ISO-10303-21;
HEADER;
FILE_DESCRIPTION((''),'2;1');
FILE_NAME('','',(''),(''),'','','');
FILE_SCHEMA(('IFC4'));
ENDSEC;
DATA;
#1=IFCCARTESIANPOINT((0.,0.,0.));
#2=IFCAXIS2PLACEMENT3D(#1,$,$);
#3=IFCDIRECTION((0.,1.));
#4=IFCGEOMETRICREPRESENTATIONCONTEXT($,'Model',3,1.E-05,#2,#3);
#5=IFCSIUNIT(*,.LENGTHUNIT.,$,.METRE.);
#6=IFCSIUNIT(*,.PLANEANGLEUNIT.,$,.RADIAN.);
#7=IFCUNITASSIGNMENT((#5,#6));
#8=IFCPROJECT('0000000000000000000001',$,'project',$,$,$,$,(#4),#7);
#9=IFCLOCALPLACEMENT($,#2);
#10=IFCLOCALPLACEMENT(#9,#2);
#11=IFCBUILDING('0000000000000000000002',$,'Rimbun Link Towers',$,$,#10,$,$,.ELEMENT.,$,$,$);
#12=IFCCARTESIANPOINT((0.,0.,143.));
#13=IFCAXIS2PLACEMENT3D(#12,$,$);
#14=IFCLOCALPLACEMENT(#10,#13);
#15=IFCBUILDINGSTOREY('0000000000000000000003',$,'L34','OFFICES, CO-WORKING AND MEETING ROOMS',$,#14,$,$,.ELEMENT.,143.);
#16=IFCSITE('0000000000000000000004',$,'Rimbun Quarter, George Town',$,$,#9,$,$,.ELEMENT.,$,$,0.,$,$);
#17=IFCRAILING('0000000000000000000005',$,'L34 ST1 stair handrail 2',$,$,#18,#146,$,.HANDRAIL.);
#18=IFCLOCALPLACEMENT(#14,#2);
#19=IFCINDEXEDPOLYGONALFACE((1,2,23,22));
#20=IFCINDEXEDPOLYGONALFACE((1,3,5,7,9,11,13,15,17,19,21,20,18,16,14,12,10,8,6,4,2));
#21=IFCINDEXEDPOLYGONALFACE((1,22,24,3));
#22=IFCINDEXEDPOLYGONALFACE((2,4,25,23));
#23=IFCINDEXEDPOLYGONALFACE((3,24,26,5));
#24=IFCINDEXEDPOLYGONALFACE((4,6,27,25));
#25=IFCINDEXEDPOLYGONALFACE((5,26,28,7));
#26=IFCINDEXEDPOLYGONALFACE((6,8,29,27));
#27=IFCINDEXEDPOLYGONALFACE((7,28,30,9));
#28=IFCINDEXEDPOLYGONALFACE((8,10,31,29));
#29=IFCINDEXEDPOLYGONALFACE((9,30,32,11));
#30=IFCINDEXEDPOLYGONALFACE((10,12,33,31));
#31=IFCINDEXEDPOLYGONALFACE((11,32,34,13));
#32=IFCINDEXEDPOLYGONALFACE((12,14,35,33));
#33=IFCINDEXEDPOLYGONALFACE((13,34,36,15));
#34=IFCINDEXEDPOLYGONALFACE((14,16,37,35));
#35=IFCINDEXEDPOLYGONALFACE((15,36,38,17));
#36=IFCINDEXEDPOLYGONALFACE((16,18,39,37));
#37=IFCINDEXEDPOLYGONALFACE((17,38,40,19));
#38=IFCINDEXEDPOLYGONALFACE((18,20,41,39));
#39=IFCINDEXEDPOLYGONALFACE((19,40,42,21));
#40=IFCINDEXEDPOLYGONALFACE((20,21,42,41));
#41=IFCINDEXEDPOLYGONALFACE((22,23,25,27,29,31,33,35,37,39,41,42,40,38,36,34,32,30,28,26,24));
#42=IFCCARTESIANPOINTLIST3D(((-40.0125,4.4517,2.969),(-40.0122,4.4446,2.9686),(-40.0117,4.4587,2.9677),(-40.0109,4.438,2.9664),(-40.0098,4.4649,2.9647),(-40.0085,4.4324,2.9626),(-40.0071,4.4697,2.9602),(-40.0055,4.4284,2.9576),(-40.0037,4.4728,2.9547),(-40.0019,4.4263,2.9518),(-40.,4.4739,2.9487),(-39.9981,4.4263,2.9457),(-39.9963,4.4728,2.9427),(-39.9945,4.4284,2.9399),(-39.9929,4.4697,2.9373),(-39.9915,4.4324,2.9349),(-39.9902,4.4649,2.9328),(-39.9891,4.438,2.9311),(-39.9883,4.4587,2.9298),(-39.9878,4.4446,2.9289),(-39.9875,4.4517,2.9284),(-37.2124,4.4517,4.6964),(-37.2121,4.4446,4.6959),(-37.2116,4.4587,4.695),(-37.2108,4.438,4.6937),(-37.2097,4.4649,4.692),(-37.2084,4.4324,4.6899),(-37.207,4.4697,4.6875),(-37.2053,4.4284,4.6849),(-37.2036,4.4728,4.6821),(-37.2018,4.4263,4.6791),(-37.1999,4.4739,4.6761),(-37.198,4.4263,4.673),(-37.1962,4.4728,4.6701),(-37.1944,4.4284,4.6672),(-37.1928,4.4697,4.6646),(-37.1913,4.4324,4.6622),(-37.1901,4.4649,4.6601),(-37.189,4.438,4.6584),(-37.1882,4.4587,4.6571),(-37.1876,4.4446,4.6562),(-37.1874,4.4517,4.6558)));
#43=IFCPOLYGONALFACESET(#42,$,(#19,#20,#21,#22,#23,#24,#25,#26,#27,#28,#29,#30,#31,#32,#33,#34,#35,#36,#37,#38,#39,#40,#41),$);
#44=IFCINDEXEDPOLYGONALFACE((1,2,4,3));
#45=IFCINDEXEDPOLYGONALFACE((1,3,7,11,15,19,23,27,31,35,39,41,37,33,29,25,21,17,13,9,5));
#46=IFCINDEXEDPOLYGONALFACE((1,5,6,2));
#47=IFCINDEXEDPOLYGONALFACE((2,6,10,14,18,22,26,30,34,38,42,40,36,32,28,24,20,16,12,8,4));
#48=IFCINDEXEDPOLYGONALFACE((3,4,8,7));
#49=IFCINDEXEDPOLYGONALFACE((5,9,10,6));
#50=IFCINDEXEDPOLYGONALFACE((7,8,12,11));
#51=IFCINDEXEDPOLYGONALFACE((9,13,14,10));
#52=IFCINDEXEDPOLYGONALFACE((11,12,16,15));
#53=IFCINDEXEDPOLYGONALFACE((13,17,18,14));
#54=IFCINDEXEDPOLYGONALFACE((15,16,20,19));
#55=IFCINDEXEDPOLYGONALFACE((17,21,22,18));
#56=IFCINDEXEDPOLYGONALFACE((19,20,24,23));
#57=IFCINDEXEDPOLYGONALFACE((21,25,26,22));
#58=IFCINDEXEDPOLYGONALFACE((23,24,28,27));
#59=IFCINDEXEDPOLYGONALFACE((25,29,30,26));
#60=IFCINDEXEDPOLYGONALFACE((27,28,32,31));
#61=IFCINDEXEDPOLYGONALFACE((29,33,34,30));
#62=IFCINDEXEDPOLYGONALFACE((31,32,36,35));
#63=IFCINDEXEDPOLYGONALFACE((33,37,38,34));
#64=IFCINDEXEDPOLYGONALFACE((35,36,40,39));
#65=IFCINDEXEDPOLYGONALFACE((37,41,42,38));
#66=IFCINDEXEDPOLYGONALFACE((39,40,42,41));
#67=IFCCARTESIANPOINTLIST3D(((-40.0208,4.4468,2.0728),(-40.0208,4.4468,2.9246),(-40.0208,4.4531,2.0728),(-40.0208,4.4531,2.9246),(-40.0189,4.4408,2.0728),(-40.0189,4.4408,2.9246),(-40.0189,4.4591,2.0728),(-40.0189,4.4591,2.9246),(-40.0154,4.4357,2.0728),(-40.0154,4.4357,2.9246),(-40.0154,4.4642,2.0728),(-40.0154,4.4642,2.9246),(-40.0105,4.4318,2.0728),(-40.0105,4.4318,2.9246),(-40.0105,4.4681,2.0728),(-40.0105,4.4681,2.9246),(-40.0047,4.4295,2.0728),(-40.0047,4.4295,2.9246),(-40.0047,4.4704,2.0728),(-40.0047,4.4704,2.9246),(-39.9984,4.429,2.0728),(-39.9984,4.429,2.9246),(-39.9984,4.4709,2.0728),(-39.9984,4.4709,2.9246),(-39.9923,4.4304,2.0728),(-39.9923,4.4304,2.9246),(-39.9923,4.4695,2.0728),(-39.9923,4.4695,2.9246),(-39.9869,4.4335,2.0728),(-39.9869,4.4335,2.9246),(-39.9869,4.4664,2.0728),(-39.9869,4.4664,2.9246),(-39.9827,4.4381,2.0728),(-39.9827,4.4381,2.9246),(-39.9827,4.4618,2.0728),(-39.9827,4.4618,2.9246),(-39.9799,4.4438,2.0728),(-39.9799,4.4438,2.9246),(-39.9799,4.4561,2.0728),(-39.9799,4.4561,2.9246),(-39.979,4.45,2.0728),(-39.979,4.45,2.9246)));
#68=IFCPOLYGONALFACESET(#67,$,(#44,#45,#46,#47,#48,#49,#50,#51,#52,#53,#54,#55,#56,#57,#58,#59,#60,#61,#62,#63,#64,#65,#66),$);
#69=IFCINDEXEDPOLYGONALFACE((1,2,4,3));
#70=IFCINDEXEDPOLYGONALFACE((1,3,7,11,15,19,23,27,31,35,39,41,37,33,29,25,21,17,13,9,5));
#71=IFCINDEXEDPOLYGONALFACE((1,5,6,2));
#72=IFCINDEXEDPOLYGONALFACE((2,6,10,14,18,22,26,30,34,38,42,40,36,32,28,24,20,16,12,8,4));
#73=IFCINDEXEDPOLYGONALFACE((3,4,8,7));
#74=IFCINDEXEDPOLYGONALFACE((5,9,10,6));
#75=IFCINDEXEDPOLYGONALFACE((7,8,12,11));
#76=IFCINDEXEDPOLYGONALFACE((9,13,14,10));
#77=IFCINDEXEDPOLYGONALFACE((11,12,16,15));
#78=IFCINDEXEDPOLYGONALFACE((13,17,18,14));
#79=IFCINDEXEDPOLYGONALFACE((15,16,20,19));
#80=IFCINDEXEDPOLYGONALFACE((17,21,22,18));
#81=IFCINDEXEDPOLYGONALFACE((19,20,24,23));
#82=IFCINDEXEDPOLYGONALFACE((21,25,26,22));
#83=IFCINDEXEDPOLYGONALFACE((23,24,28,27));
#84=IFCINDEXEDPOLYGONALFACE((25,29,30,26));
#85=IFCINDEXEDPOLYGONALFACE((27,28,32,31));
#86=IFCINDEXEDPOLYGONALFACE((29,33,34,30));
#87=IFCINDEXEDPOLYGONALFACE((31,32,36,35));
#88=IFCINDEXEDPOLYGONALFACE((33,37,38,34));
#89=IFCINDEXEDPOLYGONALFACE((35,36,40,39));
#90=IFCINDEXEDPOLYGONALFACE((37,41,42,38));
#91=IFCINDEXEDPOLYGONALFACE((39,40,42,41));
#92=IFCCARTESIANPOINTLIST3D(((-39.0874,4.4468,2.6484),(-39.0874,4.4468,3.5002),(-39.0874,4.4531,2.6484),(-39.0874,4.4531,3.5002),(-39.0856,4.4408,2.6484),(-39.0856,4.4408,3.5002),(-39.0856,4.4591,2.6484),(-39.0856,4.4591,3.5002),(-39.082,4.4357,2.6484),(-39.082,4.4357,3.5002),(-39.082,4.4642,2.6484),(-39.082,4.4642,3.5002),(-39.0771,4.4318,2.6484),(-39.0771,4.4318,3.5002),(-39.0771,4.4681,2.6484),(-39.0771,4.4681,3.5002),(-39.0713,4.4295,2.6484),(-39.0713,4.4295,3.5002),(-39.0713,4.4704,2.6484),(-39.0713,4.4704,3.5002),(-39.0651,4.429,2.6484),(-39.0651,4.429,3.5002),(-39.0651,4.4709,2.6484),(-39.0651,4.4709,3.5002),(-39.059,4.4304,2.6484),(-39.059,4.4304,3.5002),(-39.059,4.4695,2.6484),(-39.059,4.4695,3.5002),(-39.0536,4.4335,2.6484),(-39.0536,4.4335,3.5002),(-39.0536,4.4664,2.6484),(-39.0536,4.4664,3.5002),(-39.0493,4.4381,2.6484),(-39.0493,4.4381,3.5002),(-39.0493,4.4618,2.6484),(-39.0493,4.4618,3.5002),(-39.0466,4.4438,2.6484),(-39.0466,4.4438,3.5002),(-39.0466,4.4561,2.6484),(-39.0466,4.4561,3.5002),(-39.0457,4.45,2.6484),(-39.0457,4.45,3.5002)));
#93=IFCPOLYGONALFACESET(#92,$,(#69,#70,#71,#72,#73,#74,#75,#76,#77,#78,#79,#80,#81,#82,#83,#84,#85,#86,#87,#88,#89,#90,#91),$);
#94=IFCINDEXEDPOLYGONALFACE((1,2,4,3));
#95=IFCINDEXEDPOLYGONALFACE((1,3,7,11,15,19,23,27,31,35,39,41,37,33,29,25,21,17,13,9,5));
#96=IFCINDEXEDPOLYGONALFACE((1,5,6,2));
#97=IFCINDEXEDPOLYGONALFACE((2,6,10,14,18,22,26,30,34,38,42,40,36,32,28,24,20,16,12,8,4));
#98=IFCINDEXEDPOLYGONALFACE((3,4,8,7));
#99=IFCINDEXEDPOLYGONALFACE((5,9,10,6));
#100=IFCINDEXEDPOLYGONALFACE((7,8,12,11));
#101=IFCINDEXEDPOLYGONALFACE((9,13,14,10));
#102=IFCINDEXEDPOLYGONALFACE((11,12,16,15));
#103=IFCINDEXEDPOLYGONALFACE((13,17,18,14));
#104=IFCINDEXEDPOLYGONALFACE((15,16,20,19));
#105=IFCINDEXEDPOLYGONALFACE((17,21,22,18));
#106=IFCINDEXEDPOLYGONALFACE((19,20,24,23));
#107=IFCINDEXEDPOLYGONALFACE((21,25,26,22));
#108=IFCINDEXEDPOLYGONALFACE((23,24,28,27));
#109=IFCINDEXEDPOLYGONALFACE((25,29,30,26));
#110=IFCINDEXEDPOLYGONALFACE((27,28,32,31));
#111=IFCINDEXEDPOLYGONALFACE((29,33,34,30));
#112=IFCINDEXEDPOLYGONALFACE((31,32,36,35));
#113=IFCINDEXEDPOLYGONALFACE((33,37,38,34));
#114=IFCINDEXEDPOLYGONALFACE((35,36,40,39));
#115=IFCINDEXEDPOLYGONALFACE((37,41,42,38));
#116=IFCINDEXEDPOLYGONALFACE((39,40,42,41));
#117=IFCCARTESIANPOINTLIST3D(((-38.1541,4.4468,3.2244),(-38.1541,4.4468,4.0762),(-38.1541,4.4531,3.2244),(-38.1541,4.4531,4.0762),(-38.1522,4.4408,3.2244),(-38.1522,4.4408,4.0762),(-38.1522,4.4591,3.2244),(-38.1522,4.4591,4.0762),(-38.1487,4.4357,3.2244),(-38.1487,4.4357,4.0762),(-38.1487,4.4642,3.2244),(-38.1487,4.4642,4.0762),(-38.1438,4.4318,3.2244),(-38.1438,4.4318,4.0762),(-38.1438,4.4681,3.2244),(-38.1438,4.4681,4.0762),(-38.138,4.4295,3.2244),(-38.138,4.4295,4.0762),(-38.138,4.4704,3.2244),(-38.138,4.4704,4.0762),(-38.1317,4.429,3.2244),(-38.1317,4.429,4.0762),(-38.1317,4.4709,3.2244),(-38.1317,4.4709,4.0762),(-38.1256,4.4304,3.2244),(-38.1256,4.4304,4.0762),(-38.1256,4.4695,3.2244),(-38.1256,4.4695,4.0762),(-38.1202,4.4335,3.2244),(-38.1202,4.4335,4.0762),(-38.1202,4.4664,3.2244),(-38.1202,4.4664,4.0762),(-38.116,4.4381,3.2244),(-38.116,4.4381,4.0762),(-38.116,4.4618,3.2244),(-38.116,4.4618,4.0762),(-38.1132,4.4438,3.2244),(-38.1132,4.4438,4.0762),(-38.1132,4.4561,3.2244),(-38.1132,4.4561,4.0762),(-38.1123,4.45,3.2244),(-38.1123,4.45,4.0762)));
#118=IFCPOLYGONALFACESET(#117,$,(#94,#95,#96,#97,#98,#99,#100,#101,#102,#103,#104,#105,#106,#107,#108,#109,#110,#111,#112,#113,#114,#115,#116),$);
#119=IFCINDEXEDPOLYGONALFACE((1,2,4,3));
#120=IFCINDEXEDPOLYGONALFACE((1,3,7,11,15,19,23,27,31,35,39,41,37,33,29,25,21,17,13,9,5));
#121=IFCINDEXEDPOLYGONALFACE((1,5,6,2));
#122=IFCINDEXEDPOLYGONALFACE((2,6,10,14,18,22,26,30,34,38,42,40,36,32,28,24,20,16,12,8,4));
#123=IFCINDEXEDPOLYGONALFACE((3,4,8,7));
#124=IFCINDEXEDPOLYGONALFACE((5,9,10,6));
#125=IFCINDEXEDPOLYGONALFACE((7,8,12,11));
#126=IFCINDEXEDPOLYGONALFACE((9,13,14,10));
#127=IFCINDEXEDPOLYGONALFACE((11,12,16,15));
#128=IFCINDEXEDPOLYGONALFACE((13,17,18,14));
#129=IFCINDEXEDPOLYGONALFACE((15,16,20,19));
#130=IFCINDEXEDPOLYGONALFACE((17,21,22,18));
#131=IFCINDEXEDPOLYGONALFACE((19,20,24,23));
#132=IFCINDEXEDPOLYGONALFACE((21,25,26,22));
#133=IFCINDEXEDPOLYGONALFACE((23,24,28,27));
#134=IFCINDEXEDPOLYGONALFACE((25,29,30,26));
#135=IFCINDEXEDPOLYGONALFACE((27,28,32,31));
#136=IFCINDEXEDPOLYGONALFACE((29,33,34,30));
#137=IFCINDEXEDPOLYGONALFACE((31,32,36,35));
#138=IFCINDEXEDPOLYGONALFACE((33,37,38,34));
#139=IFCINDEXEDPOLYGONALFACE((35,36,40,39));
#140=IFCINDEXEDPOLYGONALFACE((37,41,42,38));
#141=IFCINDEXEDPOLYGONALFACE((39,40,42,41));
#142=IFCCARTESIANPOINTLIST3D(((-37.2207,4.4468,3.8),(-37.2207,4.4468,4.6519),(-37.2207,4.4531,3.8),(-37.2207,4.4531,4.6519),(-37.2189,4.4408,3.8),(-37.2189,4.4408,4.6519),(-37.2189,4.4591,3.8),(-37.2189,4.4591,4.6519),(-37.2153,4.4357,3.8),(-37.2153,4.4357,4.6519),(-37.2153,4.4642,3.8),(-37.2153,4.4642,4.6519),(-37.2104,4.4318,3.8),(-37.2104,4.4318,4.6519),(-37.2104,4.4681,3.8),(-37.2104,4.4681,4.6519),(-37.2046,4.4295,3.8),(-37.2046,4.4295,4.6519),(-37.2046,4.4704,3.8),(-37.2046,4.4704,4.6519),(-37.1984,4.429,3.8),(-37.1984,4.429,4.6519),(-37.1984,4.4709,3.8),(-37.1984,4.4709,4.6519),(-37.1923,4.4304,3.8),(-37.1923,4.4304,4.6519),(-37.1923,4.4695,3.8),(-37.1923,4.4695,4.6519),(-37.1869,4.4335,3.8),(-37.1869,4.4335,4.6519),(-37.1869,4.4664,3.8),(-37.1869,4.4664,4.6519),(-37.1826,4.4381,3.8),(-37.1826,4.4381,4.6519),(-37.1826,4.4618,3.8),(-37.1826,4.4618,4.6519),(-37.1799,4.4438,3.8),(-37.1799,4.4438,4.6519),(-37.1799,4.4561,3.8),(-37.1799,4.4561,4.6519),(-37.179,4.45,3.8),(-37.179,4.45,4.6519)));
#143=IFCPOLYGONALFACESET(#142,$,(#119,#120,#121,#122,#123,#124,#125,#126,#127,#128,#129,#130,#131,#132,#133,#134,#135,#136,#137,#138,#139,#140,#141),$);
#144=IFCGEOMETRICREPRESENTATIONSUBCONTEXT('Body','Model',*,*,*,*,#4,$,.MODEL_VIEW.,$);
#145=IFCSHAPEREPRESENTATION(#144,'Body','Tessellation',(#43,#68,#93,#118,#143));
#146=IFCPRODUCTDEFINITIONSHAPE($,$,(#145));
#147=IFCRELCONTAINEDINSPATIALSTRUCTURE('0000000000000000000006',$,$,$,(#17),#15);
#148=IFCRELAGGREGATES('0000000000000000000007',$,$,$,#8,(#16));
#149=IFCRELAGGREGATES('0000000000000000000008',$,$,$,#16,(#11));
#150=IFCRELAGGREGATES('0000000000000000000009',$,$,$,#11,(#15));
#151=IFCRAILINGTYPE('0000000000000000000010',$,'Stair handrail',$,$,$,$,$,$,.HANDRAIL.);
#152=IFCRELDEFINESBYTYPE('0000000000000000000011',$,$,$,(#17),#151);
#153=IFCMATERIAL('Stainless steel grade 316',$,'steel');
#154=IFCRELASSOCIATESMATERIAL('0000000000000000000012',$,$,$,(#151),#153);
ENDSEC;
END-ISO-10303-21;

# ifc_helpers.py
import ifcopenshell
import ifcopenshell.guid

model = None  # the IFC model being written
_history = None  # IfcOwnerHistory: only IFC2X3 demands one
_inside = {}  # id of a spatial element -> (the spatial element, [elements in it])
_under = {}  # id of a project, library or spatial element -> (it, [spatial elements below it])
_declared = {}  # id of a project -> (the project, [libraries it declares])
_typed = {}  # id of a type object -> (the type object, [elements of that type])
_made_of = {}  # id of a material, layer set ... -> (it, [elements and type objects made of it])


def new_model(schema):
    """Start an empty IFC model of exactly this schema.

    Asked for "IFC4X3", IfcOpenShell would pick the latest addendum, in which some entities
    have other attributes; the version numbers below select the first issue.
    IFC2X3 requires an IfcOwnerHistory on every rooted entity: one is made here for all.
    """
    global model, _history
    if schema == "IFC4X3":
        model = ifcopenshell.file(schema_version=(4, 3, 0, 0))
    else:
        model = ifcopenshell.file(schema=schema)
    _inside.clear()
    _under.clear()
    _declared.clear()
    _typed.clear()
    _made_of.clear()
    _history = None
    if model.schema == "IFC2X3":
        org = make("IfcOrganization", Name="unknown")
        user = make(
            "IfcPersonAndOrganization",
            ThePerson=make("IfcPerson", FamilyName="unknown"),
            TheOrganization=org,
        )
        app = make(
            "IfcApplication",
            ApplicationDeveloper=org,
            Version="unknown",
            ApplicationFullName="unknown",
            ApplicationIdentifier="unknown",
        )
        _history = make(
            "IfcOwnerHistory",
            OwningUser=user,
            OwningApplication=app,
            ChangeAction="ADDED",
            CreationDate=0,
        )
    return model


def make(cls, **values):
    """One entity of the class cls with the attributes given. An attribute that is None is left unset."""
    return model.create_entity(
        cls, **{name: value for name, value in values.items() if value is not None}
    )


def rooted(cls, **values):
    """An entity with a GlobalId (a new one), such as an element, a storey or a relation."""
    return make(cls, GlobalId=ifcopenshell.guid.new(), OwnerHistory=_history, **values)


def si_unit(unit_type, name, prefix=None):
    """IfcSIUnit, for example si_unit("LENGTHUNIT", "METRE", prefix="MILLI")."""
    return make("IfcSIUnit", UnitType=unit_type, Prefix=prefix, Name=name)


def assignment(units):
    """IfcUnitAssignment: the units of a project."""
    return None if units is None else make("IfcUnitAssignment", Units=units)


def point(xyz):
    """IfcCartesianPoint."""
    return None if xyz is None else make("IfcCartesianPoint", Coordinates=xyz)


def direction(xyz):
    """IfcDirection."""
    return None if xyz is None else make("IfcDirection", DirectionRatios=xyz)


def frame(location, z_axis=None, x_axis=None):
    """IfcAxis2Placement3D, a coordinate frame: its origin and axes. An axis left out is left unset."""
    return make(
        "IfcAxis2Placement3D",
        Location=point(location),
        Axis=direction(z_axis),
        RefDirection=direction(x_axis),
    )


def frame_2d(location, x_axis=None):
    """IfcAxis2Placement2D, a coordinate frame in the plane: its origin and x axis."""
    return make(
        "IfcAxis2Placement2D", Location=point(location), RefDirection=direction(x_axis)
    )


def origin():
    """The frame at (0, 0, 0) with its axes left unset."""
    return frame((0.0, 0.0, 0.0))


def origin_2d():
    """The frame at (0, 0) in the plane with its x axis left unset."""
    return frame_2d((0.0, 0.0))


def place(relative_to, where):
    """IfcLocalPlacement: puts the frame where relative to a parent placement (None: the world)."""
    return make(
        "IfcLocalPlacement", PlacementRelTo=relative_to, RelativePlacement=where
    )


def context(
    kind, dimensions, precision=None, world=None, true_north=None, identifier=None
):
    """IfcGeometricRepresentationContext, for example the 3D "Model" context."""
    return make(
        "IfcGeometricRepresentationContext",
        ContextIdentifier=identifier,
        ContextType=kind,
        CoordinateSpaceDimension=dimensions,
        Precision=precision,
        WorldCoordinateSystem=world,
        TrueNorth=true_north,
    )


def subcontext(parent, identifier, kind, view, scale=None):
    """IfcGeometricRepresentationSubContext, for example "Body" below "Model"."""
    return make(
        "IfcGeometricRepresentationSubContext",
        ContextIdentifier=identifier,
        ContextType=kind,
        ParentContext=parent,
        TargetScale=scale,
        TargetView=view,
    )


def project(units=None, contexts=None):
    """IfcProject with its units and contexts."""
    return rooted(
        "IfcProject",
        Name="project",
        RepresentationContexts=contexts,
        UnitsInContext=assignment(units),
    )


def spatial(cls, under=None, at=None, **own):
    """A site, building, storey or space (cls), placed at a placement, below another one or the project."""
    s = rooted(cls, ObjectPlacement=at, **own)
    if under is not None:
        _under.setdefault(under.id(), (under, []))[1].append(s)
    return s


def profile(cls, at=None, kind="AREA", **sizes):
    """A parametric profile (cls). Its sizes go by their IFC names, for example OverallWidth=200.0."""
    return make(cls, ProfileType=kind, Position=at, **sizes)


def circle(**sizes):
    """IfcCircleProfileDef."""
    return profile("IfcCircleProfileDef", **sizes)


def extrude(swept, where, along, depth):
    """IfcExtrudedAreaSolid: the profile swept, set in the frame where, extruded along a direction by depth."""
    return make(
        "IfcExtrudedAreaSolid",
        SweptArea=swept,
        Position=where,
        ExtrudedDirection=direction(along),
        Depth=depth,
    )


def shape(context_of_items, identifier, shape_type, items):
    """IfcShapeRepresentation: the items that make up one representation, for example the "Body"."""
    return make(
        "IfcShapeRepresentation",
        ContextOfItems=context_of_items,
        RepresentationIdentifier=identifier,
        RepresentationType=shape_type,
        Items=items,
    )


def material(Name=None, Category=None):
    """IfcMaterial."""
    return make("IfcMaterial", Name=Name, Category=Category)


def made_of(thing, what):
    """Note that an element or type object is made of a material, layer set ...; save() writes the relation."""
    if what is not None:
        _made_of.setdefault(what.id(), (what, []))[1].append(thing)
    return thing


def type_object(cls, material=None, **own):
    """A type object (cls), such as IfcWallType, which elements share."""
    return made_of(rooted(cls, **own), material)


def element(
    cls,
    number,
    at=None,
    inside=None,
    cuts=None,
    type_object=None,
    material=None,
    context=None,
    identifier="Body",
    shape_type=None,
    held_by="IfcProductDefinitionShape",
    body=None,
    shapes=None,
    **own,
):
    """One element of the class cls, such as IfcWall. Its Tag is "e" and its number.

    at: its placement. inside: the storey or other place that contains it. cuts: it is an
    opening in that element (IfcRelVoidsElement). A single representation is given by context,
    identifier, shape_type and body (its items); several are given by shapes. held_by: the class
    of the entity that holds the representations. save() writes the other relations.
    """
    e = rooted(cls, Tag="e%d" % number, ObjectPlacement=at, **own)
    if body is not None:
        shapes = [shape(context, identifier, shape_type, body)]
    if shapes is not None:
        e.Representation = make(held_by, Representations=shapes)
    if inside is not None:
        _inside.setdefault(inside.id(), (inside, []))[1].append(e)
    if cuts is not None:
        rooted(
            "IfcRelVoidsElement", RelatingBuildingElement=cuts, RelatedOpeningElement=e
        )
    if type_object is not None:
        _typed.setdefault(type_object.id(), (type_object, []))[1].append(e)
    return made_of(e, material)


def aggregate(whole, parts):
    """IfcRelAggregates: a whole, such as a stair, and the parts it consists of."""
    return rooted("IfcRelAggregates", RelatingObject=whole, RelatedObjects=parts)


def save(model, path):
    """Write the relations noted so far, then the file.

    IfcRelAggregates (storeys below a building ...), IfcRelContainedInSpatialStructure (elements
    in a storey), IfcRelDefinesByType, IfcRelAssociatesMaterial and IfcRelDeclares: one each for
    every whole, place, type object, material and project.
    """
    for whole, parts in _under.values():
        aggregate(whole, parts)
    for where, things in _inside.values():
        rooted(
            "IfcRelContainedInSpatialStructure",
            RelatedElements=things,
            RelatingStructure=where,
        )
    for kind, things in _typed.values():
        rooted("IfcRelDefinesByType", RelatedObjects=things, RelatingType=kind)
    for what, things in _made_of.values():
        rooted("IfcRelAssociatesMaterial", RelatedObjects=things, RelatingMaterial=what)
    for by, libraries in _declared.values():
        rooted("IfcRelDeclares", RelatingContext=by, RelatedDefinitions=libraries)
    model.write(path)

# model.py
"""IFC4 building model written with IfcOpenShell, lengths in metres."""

from ifc_helpers import new_model, si_unit, direction, frame, origin, origin_2d, place, context, subcontext, project, spatial, circle, extrude, material, type_object, element, save


model = new_model("IFC4")

# Units and contexts
model_context = context("Model", 3, precision=1e-05, world=origin(), true_north=direction((0.0, 1.0)))
body_context = subcontext(model_context, "Body", "Model", "MODEL_VIEW")
ifc_project = project(units=[si_unit("LENGTHUNIT", "METRE"), si_unit("PLANEANGLEUNIT", "RADIAN")], contexts=[model_context])

# Site, building, storey
site_placement = place(None, origin())
site = spatial("IfcSite", under=ifc_project, at=site_placement, Name="Rimbun Quarter, George Town", CompositionType="ELEMENT", RefElevation=0.0)
building_placement = place(site_placement, origin())
building = spatial("IfcBuilding", under=site, at=building_placement, Name="Rimbun Link Towers", CompositionType="ELEMENT")
storey_placement = place(building_placement, frame((0.0, 0.0, 143.0)))
storey = spatial("IfcBuildingStorey", under=building, at=storey_placement, Name="L34", Description="OFFICES, CO-WORKING AND MEETING ROOMS", CompositionType="ELEMENT", Elevation=143.0)

# Railing
ifc_material_1 = material(Name="Stainless steel grade 316", Category="steel")
railing_type_1 = type_object("IfcRailingType", Name="Stair handrail", PredefinedType="HANDRAIL", material=ifc_material_1)
railing_1_placement = place(storey_placement, frame((-40.0, 4.45, 2.0728)))
element("IfcRailing", 1, at=railing_1_placement, inside=storey, type_object=railing_type_1, Name="L34 ST1 stair handrail 2", PredefinedType="HANDRAIL", context=body_context, shape_type="SweptSolid", body=[
    extrude(circle(Radius=0.0239, at=origin_2d()), frame((0.0, 0.0, 0.876), z_axis=(0.85109, 0.0, 0.52502), x_axis=(0.0, 1.0, 0.0)), (0.0, 0.0, 1.0), 3.29),
    extrude(circle(Radius=0.021, at=origin_2d()), origin(), (0.0, 0.0, 1.0), 0.8518),
    extrude(circle(Radius=0.021, at=origin_2d()), frame((0.9333, 0.0, 0.5757)), (0.0, 0.0, 1.0), 0.8518),
    extrude(circle(Radius=0.021, at=origin_2d()), frame((1.8667, 0.0, 1.1516)), (0.0, 0.0, 1.0), 0.8518),
    extrude(circle(Radius=0.021, at=origin_2d()), frame((2.8, 0.0, 1.7273)), (0.0, 0.0, 1.0), 0.8518),
])

save(model, "model.ifc")
